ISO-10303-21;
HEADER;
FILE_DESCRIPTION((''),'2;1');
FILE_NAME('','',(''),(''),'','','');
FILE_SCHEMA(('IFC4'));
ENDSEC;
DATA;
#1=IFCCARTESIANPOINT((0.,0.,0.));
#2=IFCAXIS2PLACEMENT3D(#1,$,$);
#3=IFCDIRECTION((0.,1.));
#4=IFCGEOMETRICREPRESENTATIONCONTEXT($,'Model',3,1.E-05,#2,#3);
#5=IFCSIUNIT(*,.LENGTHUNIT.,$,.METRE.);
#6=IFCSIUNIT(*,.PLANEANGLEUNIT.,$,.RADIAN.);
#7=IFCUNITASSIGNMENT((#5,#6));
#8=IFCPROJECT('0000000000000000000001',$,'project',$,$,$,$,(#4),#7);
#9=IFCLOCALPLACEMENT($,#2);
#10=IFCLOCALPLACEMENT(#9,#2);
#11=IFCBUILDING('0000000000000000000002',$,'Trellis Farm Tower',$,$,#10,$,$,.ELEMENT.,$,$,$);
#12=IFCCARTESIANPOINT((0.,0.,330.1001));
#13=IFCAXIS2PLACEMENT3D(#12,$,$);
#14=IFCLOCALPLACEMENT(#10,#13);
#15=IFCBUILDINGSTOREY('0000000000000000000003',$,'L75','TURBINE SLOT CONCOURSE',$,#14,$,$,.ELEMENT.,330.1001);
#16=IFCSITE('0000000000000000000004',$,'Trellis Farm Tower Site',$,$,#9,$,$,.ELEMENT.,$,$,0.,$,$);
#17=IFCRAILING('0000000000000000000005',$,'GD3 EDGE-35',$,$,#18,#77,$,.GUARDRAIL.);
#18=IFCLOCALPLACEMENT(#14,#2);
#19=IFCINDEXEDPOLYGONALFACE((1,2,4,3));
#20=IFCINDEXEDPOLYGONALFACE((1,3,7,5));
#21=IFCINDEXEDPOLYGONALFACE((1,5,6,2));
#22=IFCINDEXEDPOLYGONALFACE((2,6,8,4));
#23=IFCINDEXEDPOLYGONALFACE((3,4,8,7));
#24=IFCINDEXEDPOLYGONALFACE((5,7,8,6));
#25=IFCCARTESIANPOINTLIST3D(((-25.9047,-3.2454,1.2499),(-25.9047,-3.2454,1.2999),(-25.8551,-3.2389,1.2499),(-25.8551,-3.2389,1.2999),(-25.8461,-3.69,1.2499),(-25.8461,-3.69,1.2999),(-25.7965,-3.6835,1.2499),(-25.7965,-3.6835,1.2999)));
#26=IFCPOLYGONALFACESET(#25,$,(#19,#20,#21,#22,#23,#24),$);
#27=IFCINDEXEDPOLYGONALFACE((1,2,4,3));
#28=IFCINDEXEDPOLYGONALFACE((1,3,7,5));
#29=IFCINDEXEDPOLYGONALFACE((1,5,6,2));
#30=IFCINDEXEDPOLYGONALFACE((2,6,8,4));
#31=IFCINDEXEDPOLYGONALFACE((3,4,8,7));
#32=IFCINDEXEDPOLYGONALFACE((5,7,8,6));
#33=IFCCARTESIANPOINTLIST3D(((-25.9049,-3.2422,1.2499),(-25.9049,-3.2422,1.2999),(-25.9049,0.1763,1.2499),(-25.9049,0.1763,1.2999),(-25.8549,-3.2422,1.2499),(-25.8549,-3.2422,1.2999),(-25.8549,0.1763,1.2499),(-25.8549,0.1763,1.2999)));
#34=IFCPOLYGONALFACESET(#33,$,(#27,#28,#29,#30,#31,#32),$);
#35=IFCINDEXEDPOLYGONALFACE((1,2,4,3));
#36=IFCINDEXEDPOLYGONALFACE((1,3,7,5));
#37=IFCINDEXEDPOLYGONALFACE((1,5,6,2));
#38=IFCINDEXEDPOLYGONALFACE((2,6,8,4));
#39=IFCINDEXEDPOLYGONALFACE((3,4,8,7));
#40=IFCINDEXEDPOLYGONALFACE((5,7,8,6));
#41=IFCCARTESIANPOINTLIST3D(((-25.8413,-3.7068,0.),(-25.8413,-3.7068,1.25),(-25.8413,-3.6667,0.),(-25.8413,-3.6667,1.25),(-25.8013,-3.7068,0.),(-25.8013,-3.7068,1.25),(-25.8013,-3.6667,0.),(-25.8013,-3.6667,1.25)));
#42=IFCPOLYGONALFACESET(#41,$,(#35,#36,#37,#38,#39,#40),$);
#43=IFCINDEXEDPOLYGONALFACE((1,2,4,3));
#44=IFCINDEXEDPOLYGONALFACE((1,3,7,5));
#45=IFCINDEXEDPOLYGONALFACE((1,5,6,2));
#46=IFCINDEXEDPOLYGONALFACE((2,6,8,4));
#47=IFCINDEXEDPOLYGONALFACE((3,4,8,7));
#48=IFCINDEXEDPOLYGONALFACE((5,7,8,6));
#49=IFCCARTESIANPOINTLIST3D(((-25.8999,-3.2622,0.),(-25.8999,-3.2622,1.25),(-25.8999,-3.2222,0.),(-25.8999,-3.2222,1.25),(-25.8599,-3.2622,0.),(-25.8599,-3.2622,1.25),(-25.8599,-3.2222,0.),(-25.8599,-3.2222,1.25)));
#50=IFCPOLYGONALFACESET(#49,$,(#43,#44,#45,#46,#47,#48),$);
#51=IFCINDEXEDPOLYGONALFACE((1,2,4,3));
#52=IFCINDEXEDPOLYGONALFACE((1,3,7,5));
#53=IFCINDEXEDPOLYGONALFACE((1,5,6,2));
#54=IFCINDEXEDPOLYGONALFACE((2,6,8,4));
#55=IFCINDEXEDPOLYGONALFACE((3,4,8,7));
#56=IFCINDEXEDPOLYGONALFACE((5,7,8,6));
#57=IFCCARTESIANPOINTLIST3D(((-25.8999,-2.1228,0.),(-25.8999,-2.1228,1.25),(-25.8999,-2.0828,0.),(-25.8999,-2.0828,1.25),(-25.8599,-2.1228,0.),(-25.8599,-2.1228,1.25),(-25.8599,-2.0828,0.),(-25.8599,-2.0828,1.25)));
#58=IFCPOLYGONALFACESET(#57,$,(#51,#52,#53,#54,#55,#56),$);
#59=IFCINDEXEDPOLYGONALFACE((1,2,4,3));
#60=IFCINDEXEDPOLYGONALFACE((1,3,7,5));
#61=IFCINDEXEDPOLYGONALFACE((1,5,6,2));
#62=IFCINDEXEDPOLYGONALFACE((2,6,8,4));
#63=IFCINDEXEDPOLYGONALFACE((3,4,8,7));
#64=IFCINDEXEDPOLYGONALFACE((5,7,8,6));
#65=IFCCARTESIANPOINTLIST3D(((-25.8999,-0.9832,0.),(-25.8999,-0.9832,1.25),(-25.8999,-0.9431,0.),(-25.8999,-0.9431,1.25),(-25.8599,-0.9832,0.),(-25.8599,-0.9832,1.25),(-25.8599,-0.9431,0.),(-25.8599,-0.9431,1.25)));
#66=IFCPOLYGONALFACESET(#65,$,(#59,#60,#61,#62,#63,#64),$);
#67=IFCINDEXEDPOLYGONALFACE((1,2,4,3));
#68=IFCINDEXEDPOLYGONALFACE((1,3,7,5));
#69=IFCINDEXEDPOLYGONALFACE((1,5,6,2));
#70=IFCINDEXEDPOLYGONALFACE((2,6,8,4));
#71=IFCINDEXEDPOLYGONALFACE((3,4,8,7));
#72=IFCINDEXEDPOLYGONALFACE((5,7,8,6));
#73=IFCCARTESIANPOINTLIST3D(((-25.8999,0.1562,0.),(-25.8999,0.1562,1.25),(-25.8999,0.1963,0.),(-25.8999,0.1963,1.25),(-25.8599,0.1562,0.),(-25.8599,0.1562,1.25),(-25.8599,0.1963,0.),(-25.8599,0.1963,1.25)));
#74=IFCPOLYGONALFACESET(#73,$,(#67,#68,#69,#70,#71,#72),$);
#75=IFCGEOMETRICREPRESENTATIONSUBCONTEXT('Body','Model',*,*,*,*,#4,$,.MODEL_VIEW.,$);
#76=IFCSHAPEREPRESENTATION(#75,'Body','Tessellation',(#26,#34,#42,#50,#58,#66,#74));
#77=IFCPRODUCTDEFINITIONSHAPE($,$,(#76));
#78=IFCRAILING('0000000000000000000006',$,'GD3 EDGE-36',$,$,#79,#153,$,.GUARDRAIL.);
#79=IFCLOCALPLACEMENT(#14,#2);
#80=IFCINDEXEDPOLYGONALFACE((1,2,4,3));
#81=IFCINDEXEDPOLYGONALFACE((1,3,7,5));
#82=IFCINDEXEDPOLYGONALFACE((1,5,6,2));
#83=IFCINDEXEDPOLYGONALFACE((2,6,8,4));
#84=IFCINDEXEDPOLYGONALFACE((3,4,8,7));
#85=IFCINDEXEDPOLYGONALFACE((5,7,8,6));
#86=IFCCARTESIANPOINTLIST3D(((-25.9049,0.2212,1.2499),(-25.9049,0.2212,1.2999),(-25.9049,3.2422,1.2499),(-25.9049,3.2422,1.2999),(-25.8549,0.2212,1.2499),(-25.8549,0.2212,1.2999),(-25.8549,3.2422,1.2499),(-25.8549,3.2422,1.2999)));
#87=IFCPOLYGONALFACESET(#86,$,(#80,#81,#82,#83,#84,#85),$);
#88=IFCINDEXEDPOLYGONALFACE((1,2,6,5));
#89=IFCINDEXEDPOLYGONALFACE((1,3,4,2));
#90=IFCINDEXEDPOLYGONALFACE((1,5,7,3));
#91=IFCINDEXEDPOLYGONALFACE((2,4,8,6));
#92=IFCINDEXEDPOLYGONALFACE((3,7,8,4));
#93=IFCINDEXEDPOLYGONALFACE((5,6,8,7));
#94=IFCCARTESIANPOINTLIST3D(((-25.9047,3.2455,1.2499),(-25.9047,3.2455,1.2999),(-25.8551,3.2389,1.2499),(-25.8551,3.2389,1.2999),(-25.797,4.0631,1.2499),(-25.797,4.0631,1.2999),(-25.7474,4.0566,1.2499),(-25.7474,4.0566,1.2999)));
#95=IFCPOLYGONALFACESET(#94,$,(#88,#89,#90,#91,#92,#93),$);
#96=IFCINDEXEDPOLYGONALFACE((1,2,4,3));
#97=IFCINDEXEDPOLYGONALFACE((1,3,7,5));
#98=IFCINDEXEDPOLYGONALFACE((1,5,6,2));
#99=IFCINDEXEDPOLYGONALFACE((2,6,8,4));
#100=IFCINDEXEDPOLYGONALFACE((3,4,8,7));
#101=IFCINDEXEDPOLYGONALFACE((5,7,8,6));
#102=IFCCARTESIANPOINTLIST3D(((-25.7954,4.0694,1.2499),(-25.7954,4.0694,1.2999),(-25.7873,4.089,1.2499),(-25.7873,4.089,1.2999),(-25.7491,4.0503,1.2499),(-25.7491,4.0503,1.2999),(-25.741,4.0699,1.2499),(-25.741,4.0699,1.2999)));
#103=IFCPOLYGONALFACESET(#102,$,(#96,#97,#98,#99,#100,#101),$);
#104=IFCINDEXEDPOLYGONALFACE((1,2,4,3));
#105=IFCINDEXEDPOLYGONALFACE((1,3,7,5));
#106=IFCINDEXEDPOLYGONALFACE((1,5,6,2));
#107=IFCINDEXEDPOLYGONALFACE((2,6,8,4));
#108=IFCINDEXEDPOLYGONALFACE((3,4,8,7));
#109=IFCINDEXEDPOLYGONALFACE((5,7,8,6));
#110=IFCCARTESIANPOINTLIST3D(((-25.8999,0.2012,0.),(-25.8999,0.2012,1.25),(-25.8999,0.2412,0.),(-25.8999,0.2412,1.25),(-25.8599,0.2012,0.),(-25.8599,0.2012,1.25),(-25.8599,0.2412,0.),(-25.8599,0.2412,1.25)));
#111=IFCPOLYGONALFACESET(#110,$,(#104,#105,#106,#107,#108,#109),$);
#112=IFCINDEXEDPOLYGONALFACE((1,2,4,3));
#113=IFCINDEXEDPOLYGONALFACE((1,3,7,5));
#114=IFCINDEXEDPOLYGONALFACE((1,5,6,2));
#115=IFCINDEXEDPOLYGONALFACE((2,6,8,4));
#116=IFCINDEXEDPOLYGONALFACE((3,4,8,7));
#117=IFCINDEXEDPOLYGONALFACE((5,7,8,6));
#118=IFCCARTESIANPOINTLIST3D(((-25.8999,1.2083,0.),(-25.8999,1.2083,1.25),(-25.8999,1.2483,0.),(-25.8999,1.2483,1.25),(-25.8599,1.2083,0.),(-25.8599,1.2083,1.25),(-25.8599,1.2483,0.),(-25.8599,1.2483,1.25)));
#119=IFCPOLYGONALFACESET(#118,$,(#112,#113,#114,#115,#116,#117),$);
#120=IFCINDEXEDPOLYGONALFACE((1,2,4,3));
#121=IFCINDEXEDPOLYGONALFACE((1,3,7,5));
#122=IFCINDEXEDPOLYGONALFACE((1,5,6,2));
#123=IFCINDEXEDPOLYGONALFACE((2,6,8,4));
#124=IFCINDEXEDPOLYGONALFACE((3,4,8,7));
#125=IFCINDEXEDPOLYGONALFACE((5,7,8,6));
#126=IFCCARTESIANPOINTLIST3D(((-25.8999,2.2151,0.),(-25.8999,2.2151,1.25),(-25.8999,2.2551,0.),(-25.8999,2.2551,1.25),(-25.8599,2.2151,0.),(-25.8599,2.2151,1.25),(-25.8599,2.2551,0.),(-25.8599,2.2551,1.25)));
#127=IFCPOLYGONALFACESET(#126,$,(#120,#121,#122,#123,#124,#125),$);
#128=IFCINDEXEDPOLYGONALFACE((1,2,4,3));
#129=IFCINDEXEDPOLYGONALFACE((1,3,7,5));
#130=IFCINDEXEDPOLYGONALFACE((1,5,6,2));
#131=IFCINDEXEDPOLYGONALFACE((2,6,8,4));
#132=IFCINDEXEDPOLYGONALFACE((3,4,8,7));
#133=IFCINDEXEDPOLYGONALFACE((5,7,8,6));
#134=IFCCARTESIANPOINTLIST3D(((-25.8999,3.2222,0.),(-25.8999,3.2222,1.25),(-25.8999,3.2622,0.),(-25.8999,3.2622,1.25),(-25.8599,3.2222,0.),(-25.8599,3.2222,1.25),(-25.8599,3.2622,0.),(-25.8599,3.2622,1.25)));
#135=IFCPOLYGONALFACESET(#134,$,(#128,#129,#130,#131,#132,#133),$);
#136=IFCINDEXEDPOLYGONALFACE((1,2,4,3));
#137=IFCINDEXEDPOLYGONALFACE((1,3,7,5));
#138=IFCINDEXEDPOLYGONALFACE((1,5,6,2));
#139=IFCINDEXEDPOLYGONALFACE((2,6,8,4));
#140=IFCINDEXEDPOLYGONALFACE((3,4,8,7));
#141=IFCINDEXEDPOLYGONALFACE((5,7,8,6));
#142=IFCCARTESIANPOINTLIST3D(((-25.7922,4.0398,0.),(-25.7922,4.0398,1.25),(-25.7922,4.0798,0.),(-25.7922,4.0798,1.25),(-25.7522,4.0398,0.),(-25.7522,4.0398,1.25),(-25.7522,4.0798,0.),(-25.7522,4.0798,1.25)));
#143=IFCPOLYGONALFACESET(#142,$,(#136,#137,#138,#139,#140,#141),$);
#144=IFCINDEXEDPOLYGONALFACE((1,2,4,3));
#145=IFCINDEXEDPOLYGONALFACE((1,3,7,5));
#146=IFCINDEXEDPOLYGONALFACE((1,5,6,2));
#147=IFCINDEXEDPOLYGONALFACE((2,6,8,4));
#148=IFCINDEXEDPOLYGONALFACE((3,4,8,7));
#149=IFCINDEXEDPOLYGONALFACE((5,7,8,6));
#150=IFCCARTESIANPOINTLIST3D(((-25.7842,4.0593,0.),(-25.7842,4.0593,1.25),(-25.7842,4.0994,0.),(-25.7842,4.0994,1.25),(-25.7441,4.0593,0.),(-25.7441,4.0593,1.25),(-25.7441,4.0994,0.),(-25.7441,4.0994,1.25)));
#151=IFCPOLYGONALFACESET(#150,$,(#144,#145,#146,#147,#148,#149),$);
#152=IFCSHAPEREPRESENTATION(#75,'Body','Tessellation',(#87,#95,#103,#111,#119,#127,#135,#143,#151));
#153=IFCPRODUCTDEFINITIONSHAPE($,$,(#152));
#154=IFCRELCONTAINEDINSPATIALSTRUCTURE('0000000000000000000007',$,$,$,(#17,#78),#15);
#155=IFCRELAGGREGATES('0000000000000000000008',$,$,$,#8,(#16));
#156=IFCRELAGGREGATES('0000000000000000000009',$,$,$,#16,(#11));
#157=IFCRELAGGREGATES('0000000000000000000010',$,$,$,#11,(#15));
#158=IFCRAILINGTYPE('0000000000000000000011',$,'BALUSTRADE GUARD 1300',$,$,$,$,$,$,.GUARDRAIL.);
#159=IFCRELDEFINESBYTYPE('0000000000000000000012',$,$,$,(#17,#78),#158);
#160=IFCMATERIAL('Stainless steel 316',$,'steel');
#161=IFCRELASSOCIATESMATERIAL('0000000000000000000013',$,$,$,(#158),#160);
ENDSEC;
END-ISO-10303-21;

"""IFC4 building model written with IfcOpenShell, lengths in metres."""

from ifc_helpers import new_model, si_unit, direction, frame, origin, origin_2d, place, context, subcontext, project, spatial, rectangle, extrude, material, type_object, element, save


model = new_model("IFC4")

# Units and contexts
model_context = context("Model", 3, precision=1e-05, world=origin(), true_north=direction((0.0, 1.0)))
body_context = subcontext(model_context, "Body", "Model", "MODEL_VIEW")
ifc_project = project(units=[si_unit("LENGTHUNIT", "METRE"), si_unit("PLANEANGLEUNIT", "RADIAN")], contexts=[model_context])

# Site, building, storey
site_placement = place(None, origin())
site = spatial("IfcSite", under=ifc_project, at=site_placement, Name="Trellis Farm Tower Site", CompositionType="ELEMENT", RefElevation=0.0)
building_placement = place(site_placement, origin())
building = spatial("IfcBuilding", under=site, at=building_placement, Name="Trellis Farm Tower", CompositionType="ELEMENT")
storey_placement = place(building_placement, frame((0.0, 0.0, 330.1001)))
storey = spatial("IfcBuildingStorey", under=building, at=storey_placement, Name="L75", Description="TURBINE SLOT CONCOURSE", CompositionType="ELEMENT", Elevation=330.1001)

# Railings
ifc_material_1 = material(Name="Stainless steel 316", Category="steel")
railing_type = type_object("IfcRailingType", Name="BALUSTRADE GUARD 1300", PredefinedType="GUARDRAIL", material=ifc_material_1)
railing_1_placement = place(storey_placement, frame((-25.8213, -3.6868, 0.0)))
element("IfcRailing", 1, at=railing_1_placement, inside=storey, type_object=railing_type, Name="GD3 EDGE-35", PredefinedType="GUARDRAIL", context=body_context, shape_type="SweptSolid", body=[
    extrude(rectangle(XDim=0.05, YDim=0.05, at=origin_2d()), frame((0.0, 0.0, 1.2749), z_axis=(-0.130666, 0.991426, 0.0), x_axis=(-0.991426, -0.130666, 0.0)), (0.0, 0.0, 1.0), 0.4485),
    extrude(rectangle(XDim=0.05, YDim=0.05, at=origin_2d()), frame((-0.0586, 0.4446, 1.2749), z_axis=(0.0, 1.0, 0.0), x_axis=(-1.0, 0.0, 0.0)), (0.0, 0.0, 1.0), 3.4185),
    extrude(rectangle(XDim=0.04, YDim=0.04, at=origin_2d()), origin(), (0.0, 0.0, 1.0), 1.25),
    extrude(rectangle(XDim=0.04, YDim=0.04, at=origin_2d()), frame((-0.0586, 0.4446, 0.0)), (0.0, 0.0, 1.0), 1.25),
    extrude(rectangle(XDim=0.04, YDim=0.04, at=origin_2d()), frame((-0.0586, 1.584, 0.0)), (0.0, 0.0, 1.0), 1.25),
    extrude(rectangle(XDim=0.04, YDim=0.04, at=origin_2d()), frame((-0.0586, 2.7236, 0.0)), (0.0, 0.0, 1.0), 1.25),
    extrude(rectangle(XDim=0.04, YDim=0.04, at=origin_2d()), frame((-0.0586, 3.863, 0.0)), (0.0, 0.0, 1.0), 1.25),
])
railing_2_placement = place(storey_placement, frame((-25.8799, 0.2212, 0.0)))
element("IfcRailing", 2, at=railing_2_placement, inside=storey, type_object=railing_type, Name="GD3 EDGE-36", PredefinedType="GUARDRAIL", context=body_context, shape_type="SweptSolid", body=[
    extrude(rectangle(XDim=0.05, YDim=0.05, at=origin_2d()), frame((0.0, 0.0, 1.2749), z_axis=(0.0, 1.0, 0.0), x_axis=(-1.0, 0.0, 0.0)), (0.0, 0.0, 1.0), 3.021),
    extrude(rectangle(XDim=0.05, YDim=0.05, at=origin_2d()), frame((0.0, 3.021, 1.2749), z_axis=(0.130554, 0.991441, 0.0), x_axis=(-0.991441, 0.130554, 0.0)), (0.0, 0.0, 1.0), 0.8247),
    extrude(rectangle(XDim=0.05, YDim=0.05, at=origin_2d()), frame((0.1077, 3.8386, 1.2749), z_axis=(0.381331, 0.924439, 0.0), x_axis=(-0.924439, 0.381331, 0.0)), (0.0, 0.0, 1.0), 0.0212),
    extrude(rectangle(XDim=0.04, YDim=0.04, at=origin_2d()), origin(), (0.0, 0.0, 1.0), 1.25),
    extrude(rectangle(XDim=0.04, YDim=0.04, at=origin_2d()), frame((0.0, 1.0071, 0.0)), (0.0, 0.0, 1.0), 1.25),
    extrude(rectangle(XDim=0.04, YDim=0.04, at=origin_2d()), frame((0.0, 2.0139, 0.0)), (0.0, 0.0, 1.0), 1.25),
    extrude(rectangle(XDim=0.04, YDim=0.04, at=origin_2d()), frame((0.0, 3.021, 0.0)), (0.0, 0.0, 1.0), 1.25),
    extrude(rectangle(XDim=0.04, YDim=0.04, at=origin_2d()), frame((0.1077, 3.8386, 0.0)), (0.0, 0.0, 1.0), 1.25),
    extrude(rectangle(XDim=0.04, YDim=0.04, at=origin_2d()), frame((0.1157, 3.8582, 0.0)), (0.0, 0.0, 1.0), 1.25),
])

save(model, "model.ifc")
